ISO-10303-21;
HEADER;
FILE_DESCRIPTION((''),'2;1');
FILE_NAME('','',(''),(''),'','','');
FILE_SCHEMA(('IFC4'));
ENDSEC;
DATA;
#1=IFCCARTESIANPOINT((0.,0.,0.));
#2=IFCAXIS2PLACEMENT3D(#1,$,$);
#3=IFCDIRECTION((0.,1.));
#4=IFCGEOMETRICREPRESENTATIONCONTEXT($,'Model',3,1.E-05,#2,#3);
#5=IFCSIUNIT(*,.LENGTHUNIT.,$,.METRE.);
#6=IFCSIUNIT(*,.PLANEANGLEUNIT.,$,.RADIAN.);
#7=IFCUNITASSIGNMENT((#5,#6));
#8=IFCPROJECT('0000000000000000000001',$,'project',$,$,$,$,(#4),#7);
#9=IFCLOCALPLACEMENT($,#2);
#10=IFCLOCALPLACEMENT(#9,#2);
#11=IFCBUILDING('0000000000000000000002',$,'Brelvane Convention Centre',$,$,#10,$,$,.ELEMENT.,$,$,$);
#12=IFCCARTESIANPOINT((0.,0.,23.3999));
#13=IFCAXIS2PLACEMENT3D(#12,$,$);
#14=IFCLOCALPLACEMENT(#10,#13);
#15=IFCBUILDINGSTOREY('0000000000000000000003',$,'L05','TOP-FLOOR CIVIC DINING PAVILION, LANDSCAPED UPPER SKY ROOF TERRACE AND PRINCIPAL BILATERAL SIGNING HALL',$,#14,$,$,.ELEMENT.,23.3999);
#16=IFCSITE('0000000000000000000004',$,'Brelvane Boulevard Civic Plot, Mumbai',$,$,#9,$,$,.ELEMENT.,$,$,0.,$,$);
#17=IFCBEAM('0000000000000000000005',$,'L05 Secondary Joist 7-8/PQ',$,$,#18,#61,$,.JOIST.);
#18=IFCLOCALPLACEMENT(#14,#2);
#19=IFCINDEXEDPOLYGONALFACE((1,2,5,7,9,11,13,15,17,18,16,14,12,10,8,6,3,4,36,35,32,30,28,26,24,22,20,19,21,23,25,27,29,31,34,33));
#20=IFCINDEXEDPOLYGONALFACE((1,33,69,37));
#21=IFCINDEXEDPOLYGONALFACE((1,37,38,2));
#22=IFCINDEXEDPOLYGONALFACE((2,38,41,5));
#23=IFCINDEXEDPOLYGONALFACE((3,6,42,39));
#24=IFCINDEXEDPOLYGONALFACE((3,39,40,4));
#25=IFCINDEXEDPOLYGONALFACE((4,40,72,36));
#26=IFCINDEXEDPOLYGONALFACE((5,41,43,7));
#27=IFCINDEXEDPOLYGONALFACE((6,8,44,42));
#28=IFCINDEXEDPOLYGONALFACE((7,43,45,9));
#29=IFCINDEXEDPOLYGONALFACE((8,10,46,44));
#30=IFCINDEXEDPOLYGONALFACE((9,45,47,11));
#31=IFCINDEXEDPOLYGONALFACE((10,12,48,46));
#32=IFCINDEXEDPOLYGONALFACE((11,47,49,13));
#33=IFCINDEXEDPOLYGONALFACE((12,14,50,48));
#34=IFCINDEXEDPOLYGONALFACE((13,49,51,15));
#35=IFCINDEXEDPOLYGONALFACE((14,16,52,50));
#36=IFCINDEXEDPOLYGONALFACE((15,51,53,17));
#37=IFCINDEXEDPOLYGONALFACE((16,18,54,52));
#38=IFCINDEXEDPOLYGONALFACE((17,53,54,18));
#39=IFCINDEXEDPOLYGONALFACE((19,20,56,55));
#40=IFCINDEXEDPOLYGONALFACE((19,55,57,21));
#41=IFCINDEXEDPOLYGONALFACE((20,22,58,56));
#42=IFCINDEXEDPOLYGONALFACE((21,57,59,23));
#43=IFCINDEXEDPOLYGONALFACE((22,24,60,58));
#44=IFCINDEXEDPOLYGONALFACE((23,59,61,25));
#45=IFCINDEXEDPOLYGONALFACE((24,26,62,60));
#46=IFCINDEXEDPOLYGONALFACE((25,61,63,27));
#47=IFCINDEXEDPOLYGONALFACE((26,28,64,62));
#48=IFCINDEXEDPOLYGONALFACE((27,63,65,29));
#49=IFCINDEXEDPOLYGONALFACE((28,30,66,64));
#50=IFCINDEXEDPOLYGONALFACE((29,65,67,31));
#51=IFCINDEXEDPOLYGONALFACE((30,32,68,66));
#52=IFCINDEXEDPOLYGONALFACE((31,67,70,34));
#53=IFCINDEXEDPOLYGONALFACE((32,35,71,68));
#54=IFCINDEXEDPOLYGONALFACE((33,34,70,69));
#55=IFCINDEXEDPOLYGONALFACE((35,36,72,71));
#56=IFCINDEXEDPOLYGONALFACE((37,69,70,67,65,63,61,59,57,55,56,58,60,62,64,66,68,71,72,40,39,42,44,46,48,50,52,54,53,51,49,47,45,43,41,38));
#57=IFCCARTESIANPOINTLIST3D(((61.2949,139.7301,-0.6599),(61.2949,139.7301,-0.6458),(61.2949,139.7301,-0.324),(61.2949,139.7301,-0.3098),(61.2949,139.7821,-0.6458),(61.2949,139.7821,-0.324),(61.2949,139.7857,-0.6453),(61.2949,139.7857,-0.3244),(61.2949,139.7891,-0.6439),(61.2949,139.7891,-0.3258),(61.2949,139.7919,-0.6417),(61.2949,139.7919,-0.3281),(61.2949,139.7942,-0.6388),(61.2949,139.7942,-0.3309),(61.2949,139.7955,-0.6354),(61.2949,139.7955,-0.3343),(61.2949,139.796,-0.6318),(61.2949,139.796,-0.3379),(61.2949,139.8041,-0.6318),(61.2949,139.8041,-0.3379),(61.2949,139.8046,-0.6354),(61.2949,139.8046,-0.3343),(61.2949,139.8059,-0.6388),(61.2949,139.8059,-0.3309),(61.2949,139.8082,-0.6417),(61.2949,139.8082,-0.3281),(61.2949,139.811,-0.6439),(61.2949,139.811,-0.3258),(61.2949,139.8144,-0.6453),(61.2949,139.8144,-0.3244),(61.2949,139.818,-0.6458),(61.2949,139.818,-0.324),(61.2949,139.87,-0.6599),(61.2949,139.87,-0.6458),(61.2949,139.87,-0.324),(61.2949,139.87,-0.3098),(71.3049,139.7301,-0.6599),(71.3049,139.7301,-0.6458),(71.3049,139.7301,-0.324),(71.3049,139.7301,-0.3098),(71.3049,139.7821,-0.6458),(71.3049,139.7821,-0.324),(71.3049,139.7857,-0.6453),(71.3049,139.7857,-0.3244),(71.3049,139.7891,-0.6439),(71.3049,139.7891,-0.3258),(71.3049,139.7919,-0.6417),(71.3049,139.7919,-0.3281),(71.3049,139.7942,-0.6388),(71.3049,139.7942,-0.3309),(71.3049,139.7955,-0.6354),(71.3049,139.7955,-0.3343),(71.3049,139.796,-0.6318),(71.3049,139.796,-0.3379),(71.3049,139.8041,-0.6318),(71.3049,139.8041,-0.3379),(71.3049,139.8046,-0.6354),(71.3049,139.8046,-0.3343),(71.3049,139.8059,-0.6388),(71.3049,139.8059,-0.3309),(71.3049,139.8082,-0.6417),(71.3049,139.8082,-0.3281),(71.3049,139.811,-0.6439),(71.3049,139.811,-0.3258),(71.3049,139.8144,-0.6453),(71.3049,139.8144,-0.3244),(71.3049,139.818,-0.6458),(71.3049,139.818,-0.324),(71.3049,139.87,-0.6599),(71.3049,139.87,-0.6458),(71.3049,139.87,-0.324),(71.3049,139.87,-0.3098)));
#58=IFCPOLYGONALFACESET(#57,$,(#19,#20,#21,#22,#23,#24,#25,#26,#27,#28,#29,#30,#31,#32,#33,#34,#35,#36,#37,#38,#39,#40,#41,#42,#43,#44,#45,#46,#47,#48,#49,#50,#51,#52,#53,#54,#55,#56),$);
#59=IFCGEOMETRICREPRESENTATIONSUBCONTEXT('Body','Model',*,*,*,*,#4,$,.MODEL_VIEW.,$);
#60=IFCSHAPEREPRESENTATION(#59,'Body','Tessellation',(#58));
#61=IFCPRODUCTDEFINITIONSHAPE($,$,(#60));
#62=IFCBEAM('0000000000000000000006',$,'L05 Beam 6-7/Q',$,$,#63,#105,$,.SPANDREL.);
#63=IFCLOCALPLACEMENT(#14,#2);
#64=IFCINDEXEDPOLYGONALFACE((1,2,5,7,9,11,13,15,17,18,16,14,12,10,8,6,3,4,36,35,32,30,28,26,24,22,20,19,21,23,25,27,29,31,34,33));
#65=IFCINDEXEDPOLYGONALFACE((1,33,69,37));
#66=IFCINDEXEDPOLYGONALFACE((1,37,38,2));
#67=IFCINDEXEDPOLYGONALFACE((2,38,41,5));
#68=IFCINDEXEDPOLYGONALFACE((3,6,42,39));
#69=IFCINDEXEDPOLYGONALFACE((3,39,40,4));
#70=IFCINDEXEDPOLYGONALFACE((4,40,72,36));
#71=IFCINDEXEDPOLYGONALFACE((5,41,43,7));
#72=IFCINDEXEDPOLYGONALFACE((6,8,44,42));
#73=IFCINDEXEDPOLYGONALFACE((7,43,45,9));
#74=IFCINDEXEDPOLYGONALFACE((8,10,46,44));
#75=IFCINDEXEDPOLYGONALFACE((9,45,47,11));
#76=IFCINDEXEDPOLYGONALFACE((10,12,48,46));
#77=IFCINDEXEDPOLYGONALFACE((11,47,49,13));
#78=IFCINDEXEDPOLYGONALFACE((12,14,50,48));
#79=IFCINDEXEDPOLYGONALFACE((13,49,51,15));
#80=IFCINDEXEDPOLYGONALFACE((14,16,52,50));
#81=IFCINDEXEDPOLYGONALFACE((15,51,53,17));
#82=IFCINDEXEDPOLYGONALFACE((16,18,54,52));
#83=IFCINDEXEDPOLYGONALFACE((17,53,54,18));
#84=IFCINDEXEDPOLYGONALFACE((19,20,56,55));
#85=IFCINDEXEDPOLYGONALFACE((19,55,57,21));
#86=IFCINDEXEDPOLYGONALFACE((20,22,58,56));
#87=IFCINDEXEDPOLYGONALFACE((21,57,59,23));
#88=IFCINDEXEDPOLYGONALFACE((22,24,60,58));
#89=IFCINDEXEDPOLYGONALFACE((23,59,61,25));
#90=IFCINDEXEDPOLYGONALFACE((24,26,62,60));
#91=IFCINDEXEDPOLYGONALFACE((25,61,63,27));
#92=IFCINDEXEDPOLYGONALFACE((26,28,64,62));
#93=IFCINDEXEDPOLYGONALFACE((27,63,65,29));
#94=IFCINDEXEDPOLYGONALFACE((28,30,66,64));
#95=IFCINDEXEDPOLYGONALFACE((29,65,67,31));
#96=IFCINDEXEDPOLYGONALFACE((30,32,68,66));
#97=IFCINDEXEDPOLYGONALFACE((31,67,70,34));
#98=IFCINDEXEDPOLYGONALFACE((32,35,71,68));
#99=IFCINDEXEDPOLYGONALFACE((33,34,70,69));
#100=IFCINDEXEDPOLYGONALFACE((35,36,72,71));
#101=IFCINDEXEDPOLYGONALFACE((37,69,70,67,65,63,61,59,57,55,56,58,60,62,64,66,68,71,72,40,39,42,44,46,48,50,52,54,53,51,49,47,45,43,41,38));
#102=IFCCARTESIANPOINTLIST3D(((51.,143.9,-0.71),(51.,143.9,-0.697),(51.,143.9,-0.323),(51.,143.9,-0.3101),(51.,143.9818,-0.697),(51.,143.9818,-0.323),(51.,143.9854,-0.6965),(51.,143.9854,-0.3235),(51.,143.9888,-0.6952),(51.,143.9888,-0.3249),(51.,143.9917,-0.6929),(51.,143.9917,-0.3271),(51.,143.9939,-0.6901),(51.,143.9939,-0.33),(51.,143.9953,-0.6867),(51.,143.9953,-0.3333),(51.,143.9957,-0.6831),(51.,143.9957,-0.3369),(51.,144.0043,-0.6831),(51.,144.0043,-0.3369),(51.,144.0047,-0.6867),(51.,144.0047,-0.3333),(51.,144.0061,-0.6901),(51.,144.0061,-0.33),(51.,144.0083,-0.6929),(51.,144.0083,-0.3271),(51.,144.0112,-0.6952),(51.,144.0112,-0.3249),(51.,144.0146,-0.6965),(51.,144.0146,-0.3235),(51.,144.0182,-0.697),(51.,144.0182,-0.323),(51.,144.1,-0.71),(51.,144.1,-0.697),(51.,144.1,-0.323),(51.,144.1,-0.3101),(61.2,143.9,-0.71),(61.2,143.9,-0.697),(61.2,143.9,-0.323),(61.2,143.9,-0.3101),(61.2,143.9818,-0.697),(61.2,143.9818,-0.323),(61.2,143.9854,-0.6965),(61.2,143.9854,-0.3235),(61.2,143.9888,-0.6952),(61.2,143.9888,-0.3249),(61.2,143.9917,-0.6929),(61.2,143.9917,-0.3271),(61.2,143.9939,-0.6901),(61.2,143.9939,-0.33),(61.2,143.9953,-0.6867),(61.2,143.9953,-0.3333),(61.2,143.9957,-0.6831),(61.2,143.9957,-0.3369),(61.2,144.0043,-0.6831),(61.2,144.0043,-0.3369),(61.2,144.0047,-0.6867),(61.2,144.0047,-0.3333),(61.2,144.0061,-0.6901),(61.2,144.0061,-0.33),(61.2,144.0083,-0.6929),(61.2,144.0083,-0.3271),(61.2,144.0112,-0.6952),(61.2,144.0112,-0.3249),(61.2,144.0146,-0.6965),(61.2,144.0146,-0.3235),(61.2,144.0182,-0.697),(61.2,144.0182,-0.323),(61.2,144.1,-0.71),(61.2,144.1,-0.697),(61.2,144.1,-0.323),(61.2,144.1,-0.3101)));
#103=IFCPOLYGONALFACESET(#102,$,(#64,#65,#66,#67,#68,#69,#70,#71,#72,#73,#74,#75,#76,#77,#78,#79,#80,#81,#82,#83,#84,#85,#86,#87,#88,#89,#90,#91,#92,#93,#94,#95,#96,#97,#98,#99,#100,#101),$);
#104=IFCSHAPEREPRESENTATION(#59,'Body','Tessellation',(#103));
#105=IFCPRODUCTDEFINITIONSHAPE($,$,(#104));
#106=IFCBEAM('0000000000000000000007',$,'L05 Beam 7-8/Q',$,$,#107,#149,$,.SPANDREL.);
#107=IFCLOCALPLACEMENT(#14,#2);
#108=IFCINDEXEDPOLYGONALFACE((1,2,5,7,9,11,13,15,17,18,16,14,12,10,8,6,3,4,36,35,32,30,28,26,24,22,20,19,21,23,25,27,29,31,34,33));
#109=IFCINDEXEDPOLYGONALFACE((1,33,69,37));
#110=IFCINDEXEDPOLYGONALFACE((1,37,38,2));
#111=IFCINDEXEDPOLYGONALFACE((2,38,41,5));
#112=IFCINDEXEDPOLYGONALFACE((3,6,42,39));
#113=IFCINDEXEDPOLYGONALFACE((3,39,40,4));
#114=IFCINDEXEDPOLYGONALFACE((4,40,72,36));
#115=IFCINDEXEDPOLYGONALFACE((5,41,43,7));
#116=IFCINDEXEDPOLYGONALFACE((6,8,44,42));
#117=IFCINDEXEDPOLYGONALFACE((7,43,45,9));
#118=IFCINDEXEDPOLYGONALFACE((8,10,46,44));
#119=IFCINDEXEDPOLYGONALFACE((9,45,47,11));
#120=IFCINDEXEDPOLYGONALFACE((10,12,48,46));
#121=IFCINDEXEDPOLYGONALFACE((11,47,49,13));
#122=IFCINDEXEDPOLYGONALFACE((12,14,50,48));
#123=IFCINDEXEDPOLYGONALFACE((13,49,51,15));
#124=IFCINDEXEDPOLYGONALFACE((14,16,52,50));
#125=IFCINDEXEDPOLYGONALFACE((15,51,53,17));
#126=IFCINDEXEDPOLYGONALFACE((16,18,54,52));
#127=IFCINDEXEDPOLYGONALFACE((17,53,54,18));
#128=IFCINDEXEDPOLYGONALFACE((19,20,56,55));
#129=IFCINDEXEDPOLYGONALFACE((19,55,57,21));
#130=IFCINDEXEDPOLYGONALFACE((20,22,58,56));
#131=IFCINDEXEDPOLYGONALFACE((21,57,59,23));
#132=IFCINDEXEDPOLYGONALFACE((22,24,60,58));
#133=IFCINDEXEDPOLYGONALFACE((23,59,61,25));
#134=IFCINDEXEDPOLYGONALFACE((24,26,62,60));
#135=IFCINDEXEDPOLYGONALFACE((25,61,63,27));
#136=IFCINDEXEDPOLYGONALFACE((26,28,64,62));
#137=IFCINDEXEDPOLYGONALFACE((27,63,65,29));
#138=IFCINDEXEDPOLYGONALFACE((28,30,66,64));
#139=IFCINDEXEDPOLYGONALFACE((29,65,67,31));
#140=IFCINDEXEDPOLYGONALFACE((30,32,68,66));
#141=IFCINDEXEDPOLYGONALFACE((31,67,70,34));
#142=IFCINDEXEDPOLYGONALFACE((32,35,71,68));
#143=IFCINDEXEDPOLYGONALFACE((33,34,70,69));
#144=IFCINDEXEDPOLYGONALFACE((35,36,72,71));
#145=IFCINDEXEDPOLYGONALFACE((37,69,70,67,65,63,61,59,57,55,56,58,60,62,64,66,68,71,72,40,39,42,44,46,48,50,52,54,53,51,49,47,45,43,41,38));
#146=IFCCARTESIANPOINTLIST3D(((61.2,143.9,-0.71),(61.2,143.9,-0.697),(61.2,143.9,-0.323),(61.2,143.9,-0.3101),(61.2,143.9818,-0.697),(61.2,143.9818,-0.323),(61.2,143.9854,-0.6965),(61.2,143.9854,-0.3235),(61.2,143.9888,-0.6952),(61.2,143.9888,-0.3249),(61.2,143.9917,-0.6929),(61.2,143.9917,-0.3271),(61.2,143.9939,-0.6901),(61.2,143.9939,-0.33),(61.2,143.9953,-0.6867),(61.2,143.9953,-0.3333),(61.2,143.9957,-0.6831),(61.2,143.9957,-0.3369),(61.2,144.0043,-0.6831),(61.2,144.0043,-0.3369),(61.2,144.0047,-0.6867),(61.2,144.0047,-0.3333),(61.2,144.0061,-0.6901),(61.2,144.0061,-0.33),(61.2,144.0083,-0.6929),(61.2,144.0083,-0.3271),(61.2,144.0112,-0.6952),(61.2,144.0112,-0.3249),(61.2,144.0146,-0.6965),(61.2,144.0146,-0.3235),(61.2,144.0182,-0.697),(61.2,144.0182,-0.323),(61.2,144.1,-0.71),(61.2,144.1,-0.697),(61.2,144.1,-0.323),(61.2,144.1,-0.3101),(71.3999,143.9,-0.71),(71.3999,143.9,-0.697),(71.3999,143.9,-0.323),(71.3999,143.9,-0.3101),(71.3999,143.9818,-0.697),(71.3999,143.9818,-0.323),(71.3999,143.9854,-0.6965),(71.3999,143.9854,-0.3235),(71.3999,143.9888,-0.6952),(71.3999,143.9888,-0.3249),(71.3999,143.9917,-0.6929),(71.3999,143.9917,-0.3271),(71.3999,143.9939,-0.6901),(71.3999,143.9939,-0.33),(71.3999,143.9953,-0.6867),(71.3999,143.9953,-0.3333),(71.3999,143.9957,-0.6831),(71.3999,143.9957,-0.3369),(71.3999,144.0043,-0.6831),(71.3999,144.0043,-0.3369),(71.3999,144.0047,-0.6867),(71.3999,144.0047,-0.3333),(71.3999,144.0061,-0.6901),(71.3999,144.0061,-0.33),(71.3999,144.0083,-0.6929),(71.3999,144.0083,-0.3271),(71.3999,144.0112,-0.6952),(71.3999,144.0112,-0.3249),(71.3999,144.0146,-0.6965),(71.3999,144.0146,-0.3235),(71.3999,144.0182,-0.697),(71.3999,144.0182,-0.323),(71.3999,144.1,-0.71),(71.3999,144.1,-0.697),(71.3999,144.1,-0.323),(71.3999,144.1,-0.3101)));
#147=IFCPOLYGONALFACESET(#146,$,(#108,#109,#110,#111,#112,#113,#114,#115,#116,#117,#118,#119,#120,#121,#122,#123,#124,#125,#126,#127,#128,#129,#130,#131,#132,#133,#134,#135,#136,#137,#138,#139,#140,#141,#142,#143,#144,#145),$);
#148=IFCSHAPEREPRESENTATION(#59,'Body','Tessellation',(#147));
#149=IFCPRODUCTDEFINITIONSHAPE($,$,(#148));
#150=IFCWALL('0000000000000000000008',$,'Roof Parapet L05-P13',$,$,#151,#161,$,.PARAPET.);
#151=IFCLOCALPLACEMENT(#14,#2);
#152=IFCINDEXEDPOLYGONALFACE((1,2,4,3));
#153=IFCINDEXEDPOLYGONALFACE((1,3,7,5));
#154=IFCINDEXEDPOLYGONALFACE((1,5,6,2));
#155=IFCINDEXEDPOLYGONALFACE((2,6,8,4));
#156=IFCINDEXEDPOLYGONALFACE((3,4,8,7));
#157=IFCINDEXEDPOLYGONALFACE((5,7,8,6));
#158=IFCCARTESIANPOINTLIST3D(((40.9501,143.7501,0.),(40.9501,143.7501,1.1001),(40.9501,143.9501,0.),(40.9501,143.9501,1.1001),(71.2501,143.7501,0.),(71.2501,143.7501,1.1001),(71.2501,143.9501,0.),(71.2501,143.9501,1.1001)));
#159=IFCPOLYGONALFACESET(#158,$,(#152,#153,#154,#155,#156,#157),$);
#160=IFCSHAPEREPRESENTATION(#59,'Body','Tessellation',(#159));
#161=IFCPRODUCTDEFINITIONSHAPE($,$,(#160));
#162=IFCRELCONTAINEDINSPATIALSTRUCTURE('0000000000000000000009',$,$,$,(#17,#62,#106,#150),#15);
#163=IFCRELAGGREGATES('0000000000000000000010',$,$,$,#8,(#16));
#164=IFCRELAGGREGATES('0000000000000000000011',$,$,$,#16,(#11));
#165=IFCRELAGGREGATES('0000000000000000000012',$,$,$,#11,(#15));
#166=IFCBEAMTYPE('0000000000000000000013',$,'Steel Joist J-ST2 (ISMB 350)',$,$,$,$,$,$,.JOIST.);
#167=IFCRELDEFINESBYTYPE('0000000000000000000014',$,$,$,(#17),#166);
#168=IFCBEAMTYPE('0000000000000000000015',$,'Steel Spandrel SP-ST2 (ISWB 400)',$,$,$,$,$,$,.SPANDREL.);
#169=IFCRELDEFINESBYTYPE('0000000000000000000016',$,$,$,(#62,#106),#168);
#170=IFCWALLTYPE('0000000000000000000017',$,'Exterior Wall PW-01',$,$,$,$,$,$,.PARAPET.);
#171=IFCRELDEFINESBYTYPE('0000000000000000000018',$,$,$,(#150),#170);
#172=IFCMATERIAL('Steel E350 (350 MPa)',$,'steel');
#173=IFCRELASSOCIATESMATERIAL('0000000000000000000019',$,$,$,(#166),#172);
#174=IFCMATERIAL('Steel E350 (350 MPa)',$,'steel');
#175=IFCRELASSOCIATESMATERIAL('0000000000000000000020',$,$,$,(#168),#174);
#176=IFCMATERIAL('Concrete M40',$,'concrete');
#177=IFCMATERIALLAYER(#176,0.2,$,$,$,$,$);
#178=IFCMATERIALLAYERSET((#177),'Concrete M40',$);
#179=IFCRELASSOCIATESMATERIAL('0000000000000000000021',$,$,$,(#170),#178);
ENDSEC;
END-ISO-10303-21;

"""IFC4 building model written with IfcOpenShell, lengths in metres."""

from ifc_helpers import new_model, si_unit, direction, frame, frame_2d, origin, origin_2d, place, context, subcontext, project, spatial, rectangle, i_section, extrude, material, layer, layer_set, material_profile, profile_set, type_object, element, save


model = new_model("IFC4")

# Units and contexts
model_context = context("Model", 3, precision=1e-05, world=origin(), true_north=direction((0.0, 1.0)))
body_context = subcontext(model_context, "Body", "Model", "MODEL_VIEW")
ifc_project = project(units=[si_unit("LENGTHUNIT", "METRE"), si_unit("PLANEANGLEUNIT", "RADIAN")], contexts=[model_context])

# Site, building, storey
site_placement = place(None, origin())
site = spatial("IfcSite", under=ifc_project, at=site_placement, Name="Brelvane Boulevard Civic Plot, Mumbai", CompositionType="ELEMENT", RefElevation=0.0)
building_placement = place(site_placement, origin())
building = spatial("IfcBuilding", under=site, at=building_placement, Name="Brelvane Convention Centre", CompositionType="ELEMENT")
storey_placement = place(building_placement, frame((0.0, 0.0, 23.3999)))
storey = spatial("IfcBuildingStorey", under=building, at=storey_placement, Name="L05", Description="TOP-FLOOR CIVIC DINING PAVILION, LANDSCAPED UPPER SKY ROOF TERRACE AND PRINCIPAL BILATERAL SIGNING HALL", CompositionType="ELEMENT", Elevation=23.3999)

# Beams
ifc_material_1 = material(Name="Steel E350 (350 MPa)", Category="steel")
ifc_material_profile_1 = material_profile(ifc_material_1, i_section(OverallWidth=0.1399, OverallDepth=0.3501, WebThickness=0.0081, FlangeThickness=0.0142, FilletRadius=0.0139, at=origin_2d()), Name="ISMB 350")
ifc_profile_set_1 = profile_set([ifc_material_profile_1], Name="Steel E350 (350 MPa)")
beam_type_1 = type_object("IfcBeamType", Name="Steel Joist J-ST2 (ISMB 350)", PredefinedType="JOIST", material=ifc_profile_set_1)
for number, where, z_axis, x_axis, name in (
    (1, (61.2949, 139.8, -0.4849), (1.0, 0.0, 0.0), (0.0, 1.0, 0.0), "L05 Secondary Joist 7-8/PQ"),
):
    element("IfcBeam", number, at=place(storey_placement, frame(where, z_axis=z_axis, x_axis=x_axis)), inside=storey, type_object=beam_type_1, Name=name, PredefinedType="JOIST", context=body_context, shape_type="SweptSolid", body=[
        extrude(i_section(OverallWidth=0.1399, OverallDepth=0.3501, WebThickness=0.0081, FlangeThickness=0.0142, FilletRadius=0.0139, at=origin_2d()), origin(), (0.0, 0.0, 1.0), 10.01),
    ])
ifc_material_2 = material(Name="Steel E350 (350 MPa)", Category="steel")
ifc_material_profile_2 = material_profile(ifc_material_2, i_section(OverallWidth=0.2, OverallDepth=0.3999, WebThickness=0.0085, FlangeThickness=0.0129, FilletRadius=0.0139, at=origin_2d()), Name="ISWB 400")
ifc_profile_set_2 = profile_set([ifc_material_profile_2], Name="Steel E350 (350 MPa)")
beam_type_2 = type_object("IfcBeamType", Name="Steel Spandrel SP-ST2 (ISWB 400)", PredefinedType="SPANDREL", material=ifc_profile_set_2)
for number, where, z_axis, x_axis, name in (
    (2, (51.0, 144.0, -0.51), (1.0, 0.0, 0.0), (0.0, 1.0, 0.0), "L05 Beam 6-7/Q"),
    (3, (61.2, 144.0, -0.51), (1.0, 0.0, 0.0), (0.0, 1.0, 0.0), "L05 Beam 7-8/Q"),
):
    element("IfcBeam", number, at=place(storey_placement, frame(where, z_axis=z_axis, x_axis=x_axis)), inside=storey, type_object=beam_type_2, Name=name, PredefinedType="SPANDREL", context=body_context, shape_type="SweptSolid", body=[
        extrude(i_section(OverallWidth=0.2, OverallDepth=0.3999, WebThickness=0.0085, FlangeThickness=0.0129, FilletRadius=0.0139, at=origin_2d()), origin(), (0.0, 0.0, 1.0), 10.2),
    ])

# Wall
ifc_material_3 = material(Name="Concrete M40", Category="concrete")
ifc_layer = layer(ifc_material_3, 0.2)
ifc_layer_set = layer_set([ifc_layer], Name="Concrete M40")
wall_type = type_object("IfcWallType", Name="Exterior Wall PW-01", PredefinedType="PARAPET", material=ifc_layer_set)
wall_placement = place(storey_placement, frame((71.25, 143.8501, 0.0), z_axis=(0.0, 0.0, 1.0), x_axis=(-1.0, 0.0, 0.0)))
element("IfcWall", 4, at=wall_placement, inside=storey, type_object=wall_type, Name="Roof Parapet L05-P13", PredefinedType="PARAPET", context=body_context, shape_type="SweptSolid", body=[
    extrude(rectangle(XDim=30.3, YDim=0.2, at=frame_2d((15.1499, 0.0))), origin(), (0.0, 0.0, 1.0), 1.1001),
])

save(model, "model.ifc")
